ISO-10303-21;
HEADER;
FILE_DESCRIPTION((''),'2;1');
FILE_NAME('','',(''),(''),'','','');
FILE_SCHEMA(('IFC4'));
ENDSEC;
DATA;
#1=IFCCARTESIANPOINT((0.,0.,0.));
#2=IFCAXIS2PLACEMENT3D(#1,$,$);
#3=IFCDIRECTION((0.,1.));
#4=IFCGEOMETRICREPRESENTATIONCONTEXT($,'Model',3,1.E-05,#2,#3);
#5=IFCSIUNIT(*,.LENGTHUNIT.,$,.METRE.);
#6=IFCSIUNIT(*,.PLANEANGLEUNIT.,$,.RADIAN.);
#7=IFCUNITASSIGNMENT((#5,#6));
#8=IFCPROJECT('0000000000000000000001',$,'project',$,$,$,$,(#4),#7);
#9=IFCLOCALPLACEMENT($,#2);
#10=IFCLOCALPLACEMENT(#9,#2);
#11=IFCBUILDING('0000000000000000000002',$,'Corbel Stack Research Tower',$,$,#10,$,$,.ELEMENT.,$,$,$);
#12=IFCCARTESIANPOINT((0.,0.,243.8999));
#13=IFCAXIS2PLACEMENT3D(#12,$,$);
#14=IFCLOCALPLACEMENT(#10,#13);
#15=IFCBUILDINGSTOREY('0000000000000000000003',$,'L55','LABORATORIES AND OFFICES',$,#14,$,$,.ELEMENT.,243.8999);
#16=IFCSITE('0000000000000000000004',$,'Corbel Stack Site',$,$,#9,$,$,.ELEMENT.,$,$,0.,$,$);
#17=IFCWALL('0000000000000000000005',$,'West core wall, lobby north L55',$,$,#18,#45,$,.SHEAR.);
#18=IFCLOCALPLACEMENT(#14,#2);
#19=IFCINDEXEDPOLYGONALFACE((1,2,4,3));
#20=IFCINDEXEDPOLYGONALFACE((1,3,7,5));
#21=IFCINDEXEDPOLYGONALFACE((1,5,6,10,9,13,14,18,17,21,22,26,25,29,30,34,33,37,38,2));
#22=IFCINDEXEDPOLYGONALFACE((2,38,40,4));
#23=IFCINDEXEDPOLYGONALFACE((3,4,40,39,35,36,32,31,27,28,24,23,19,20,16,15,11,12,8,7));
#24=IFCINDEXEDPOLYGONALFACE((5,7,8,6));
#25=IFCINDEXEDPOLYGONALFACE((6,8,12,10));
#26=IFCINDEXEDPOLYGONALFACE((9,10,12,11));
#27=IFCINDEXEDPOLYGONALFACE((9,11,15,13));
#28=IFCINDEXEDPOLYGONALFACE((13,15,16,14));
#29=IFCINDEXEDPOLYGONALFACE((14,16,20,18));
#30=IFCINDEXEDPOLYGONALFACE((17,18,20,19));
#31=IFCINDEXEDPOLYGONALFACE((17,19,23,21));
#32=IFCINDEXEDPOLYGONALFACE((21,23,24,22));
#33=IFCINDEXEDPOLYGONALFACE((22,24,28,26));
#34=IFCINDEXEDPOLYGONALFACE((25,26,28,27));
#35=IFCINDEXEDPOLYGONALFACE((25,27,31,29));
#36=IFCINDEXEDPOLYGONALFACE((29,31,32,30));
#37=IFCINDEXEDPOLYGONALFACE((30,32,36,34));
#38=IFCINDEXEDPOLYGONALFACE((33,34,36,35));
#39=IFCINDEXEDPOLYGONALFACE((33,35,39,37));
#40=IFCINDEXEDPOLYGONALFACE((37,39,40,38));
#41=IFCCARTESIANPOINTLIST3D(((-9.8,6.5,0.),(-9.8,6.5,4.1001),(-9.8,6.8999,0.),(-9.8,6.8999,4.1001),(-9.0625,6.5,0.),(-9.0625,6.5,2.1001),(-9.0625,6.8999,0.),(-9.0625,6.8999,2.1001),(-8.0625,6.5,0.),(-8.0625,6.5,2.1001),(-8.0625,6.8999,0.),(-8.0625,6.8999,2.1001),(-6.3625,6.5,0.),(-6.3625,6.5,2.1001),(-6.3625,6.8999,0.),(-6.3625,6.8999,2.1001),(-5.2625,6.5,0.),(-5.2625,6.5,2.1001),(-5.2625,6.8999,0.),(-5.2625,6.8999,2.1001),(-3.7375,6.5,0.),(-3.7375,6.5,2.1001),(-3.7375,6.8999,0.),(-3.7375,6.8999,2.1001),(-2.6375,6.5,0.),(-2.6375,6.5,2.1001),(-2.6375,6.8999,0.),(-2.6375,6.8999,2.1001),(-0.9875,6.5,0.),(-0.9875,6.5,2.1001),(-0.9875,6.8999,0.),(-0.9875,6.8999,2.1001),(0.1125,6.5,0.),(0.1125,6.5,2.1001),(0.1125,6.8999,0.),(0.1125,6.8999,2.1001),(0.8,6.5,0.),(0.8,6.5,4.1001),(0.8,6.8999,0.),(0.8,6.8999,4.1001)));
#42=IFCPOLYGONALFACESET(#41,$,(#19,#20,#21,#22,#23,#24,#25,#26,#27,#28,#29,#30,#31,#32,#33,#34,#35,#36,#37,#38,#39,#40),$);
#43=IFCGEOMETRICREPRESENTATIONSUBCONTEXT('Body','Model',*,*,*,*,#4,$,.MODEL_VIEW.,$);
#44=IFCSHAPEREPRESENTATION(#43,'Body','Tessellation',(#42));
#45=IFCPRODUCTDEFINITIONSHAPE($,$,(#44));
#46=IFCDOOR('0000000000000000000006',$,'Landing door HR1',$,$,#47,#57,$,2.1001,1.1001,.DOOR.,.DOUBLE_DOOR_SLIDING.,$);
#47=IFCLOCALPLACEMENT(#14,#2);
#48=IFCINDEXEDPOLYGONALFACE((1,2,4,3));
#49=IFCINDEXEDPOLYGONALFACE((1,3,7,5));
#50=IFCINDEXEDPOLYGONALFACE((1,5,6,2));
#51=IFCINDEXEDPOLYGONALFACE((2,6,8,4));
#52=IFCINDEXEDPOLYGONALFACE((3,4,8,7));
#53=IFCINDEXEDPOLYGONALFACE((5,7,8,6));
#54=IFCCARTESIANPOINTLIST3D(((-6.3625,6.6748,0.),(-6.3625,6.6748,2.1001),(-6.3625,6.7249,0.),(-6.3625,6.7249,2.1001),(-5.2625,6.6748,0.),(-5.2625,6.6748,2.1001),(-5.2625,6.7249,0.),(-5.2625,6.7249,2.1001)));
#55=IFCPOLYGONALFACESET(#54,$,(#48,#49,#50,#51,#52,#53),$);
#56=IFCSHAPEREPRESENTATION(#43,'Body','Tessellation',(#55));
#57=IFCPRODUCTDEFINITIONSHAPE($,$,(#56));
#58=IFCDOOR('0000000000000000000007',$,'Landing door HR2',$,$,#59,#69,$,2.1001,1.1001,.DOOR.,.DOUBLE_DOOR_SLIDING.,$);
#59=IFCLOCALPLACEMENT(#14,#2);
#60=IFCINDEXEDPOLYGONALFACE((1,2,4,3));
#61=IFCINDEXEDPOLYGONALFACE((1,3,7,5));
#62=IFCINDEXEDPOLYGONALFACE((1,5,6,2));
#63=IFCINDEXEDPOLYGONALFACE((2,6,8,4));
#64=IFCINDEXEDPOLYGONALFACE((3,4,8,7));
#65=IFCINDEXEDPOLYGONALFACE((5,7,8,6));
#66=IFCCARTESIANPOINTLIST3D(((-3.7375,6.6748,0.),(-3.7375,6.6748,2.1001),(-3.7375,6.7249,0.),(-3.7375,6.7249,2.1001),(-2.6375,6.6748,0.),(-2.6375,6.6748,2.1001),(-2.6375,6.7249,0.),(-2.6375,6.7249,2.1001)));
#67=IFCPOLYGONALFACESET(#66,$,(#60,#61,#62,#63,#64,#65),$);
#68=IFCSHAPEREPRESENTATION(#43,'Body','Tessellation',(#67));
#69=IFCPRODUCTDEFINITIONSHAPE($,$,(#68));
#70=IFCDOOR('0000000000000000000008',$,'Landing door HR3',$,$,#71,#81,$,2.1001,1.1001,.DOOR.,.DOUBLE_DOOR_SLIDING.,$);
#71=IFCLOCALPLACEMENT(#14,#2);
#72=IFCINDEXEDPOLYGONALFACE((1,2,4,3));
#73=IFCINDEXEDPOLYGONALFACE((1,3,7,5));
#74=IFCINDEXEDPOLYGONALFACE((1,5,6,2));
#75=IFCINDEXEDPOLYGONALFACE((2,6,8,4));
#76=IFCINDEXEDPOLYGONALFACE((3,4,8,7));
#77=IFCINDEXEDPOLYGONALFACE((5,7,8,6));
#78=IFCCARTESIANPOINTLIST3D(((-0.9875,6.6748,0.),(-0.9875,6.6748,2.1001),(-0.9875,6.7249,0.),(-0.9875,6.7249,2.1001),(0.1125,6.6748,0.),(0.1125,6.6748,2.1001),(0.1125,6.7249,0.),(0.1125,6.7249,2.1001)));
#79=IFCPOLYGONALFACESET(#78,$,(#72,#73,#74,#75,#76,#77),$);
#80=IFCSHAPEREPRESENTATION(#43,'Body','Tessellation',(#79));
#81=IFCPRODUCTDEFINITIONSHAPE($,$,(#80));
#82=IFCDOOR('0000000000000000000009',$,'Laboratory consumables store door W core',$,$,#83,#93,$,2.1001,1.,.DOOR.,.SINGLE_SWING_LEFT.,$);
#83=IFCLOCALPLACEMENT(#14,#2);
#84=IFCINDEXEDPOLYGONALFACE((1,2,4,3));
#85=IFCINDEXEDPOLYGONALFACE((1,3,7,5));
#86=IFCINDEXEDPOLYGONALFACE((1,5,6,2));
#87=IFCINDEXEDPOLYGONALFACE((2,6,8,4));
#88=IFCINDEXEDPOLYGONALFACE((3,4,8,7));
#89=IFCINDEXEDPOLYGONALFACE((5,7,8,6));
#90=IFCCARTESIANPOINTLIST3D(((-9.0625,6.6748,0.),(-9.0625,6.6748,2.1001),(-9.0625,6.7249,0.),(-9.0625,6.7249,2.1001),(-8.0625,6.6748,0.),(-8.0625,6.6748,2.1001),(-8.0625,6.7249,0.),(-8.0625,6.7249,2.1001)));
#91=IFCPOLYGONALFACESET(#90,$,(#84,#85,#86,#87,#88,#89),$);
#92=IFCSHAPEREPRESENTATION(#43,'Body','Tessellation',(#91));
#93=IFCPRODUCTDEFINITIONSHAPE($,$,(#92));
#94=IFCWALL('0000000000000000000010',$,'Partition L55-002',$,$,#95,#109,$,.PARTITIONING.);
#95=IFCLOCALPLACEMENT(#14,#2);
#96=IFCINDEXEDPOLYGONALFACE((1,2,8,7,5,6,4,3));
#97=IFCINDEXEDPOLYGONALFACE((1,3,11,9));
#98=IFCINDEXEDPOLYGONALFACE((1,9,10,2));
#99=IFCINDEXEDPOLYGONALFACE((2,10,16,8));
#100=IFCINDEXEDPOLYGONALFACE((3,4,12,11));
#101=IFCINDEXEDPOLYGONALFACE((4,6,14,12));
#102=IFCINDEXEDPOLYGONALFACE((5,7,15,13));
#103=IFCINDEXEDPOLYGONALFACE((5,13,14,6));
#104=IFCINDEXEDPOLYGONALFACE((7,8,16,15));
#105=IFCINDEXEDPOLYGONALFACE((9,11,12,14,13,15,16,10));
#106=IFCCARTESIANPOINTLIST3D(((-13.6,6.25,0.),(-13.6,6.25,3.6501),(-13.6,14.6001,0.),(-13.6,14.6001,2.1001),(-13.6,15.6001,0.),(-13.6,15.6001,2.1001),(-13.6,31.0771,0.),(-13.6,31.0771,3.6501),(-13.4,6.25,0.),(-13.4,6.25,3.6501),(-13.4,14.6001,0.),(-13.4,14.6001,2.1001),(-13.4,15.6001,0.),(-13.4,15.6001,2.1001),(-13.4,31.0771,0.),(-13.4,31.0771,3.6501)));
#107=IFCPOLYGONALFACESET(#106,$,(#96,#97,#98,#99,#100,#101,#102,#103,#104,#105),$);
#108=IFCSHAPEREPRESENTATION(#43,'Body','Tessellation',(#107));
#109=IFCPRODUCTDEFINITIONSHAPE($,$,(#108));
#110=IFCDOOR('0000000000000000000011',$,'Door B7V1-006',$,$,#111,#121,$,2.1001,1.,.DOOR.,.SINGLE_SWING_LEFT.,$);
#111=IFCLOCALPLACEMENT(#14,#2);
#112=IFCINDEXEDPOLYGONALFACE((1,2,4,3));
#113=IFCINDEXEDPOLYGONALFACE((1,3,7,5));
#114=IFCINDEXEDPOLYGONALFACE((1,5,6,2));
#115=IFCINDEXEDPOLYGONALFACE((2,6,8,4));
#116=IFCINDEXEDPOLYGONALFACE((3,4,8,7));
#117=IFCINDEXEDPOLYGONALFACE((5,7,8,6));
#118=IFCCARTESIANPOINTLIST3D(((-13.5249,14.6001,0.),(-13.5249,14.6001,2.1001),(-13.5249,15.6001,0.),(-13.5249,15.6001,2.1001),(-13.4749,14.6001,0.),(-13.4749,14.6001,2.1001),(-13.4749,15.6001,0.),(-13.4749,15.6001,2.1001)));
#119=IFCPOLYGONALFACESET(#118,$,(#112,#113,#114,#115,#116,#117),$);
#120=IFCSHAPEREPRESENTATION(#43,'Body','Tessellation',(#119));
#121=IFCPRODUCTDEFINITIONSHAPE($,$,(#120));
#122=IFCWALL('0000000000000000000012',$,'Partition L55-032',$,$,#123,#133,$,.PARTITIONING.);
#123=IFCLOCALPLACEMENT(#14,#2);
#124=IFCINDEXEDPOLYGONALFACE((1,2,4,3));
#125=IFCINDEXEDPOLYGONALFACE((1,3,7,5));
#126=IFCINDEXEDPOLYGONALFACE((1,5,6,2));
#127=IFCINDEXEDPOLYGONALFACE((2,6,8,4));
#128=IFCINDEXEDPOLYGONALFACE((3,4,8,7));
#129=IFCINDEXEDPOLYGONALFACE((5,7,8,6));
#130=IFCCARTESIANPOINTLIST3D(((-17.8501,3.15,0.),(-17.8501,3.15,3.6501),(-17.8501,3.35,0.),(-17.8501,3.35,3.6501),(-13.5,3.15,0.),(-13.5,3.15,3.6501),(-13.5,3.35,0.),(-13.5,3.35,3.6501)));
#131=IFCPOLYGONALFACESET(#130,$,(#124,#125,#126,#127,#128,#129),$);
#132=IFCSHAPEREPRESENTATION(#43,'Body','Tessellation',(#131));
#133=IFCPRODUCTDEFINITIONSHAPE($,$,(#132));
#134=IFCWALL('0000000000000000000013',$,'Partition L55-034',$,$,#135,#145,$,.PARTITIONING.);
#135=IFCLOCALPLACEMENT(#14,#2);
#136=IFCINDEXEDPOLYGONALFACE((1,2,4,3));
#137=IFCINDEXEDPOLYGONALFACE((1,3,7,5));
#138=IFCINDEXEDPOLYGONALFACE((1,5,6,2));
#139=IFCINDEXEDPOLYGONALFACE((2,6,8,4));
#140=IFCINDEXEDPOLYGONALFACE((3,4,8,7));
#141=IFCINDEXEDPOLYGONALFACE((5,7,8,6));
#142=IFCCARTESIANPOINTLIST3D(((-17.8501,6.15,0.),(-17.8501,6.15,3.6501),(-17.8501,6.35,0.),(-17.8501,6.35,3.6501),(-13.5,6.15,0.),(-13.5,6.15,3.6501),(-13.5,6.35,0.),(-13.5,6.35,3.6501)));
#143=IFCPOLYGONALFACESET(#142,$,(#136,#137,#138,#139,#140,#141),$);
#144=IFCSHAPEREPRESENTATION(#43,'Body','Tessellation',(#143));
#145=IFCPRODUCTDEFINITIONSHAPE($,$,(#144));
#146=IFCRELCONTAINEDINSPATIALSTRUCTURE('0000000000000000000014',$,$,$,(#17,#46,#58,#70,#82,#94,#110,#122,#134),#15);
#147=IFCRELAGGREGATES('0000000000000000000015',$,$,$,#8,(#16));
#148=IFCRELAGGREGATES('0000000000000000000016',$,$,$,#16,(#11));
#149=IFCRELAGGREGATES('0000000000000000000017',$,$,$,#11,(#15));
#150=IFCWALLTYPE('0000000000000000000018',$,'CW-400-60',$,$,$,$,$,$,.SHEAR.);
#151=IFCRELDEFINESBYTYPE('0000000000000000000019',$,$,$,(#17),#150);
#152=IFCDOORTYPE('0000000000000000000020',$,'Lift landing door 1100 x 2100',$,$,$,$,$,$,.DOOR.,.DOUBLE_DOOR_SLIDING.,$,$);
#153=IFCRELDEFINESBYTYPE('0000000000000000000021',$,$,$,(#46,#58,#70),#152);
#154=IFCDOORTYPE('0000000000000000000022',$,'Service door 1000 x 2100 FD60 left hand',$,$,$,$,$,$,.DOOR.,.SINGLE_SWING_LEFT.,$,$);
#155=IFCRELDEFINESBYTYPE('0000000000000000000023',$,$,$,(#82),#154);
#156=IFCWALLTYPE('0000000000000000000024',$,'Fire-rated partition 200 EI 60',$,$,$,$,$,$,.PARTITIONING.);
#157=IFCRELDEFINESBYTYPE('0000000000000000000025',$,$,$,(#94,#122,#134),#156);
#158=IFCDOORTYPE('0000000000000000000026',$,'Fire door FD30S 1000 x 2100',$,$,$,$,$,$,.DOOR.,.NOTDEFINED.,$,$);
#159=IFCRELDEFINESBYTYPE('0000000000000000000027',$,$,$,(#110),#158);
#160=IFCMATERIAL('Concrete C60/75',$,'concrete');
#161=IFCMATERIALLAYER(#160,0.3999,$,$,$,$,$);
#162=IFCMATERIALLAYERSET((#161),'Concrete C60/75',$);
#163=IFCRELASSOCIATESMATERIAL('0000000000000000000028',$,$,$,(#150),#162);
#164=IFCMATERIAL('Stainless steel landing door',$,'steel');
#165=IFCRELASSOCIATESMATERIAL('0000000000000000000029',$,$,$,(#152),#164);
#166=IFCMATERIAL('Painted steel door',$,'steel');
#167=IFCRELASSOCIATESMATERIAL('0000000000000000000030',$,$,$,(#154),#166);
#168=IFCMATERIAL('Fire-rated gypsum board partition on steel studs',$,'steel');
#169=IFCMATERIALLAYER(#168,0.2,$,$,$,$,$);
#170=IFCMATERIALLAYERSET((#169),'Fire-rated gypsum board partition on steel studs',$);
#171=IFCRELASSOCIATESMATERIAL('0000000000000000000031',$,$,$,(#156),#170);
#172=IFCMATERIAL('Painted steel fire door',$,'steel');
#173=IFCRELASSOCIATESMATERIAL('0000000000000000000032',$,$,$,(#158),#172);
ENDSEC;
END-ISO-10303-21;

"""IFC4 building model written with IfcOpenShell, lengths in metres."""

from ifc_helpers import new_model, si_unit, direction, frame, frame_2d, origin, place, context, subcontext, project, spatial, rectangle, extrude, material, layer, layer_set, type_object, element, fill, save


model = new_model("IFC4")

# Units and contexts
model_context = context("Model", 3, precision=1e-05, world=origin(), true_north=direction((0.0, 1.0)))
body_context = subcontext(model_context, "Body", "Model", "MODEL_VIEW")
ifc_project = project(units=[si_unit("LENGTHUNIT", "METRE"), si_unit("PLANEANGLEUNIT", "RADIAN")], contexts=[model_context])

# Site, building, storey
site_placement = place(None, origin())
site = spatial("IfcSite", under=ifc_project, at=site_placement, Name="Corbel Stack Site", CompositionType="ELEMENT", RefElevation=0.0)
building_placement = place(site_placement, origin())
building = spatial("IfcBuilding", under=site, at=building_placement, Name="Corbel Stack Research Tower", CompositionType="ELEMENT")
storey_placement = place(building_placement, frame((0.0, 0.0, 243.8999)))
storey = spatial("IfcBuildingStorey", under=building, at=storey_placement, Name="L55", Description="LABORATORIES AND OFFICES", CompositionType="ELEMENT", Elevation=243.8999)

# Wall, openings, doors
ifc_material_1 = material(Name="Concrete C60/75", Category="concrete")
ifc_layer_1 = layer(ifc_material_1, 0.3999)
ifc_layer_set_1 = layer_set([ifc_layer_1], Name="Concrete C60/75")
wall_type_1 = type_object("IfcWallType", Name="CW-400-60", PredefinedType="SHEAR", material=ifc_layer_set_1)
ifc_material_2 = material(Name="Stainless steel landing door", Category="steel")
door_type_1 = type_object("IfcDoorType", Name="Lift landing door 1100 x 2100", OperationType="DOUBLE_DOOR_SLIDING", PredefinedType="DOOR", material=ifc_material_2)
ifc_material_3 = material(Name="Painted steel door", Category="steel")
door_type_2 = type_object("IfcDoorType", Name="Service door 1000 x 2100 FD60 left hand", OperationType="SINGLE_SWING_LEFT", PredefinedType="DOOR", material=ifc_material_3)
wall_1_placement = place(storey_placement, frame((-9.8, 6.7, 0.0), z_axis=(0.0, 0.0, 1.0), x_axis=(1.0, 0.0, 0.0)))
wall_1 = element("IfcWall", 1, at=wall_1_placement, inside=storey, type_object=wall_type_1, Name="West core wall, lobby north L55", PredefinedType="SHEAR", context=body_context, shape_type="SweptSolid", body=[
    extrude(rectangle(XDim=10.6001, YDim=0.3999, at=frame_2d((5.3, 0.0))), origin(), (0.0, 0.0, 1.0), 4.1001),
])
opening_1_placement = place(wall_1_placement, frame((3.4375, 0.0, 0.0)))
opening_1 = element("IfcOpeningElement", 2, at=opening_1_placement, cuts=wall_1, PredefinedType="OPENING", context=body_context, shape_type="SweptSolid", body=[
    extrude(rectangle(XDim=1.1001, YDim=2.1001, at=frame_2d((0.55, 1.05))), frame((0.0, 0.21, 0.0), z_axis=(0.0, -1.0, 0.0), x_axis=(1.0, 0.0, 0.0)), (0.0, 0.0, 1.0), 0.4199),
])
opening_2_placement = place(wall_1_placement, frame((6.0625, 0.0, 0.0)))
opening_2 = element("IfcOpeningElement", 3, at=opening_2_placement, cuts=wall_1, PredefinedType="OPENING", context=body_context, shape_type="SweptSolid", body=[
    extrude(rectangle(XDim=1.1001, YDim=2.1001, at=frame_2d((0.55, 1.05))), frame((0.0, 0.21, 0.0), z_axis=(0.0, -1.0, 0.0), x_axis=(1.0, 0.0, 0.0)), (0.0, 0.0, 1.0), 0.4199),
])
opening_3_placement = place(wall_1_placement, frame((8.8125, 0.0, 0.0)))
opening_3 = element("IfcOpeningElement", 4, at=opening_3_placement, cuts=wall_1, PredefinedType="OPENING", context=body_context, shape_type="SweptSolid", body=[
    extrude(rectangle(XDim=1.1001, YDim=2.1001, at=frame_2d((0.55, 1.05))), frame((0.0, 0.21, 0.0), z_axis=(0.0, -1.0, 0.0), x_axis=(1.0, 0.0, 0.0)), (0.0, 0.0, 1.0), 0.4199),
])
opening_4_placement = place(wall_1_placement, frame((0.7375, 0.0, 0.0)))
opening_4 = element("IfcOpeningElement", 5, at=opening_4_placement, cuts=wall_1, PredefinedType="OPENING", context=body_context, shape_type="SweptSolid", body=[
    extrude(rectangle(XDim=1.0, YDim=2.1001, at=frame_2d((0.5, 1.05))), frame((0.0, 0.21, 0.0), z_axis=(0.0, -1.0, 0.0), x_axis=(1.0, 0.0, 0.0)), (0.0, 0.0, 1.0), 0.4199),
])
door_1_placement = place(opening_1_placement, origin())
door_1 = element("IfcDoor", 6, at=door_1_placement, inside=storey, type_object=door_type_1, Name="Landing door HR1", OperationType="DOUBLE_DOOR_SLIDING", OverallHeight=2.1001, OverallWidth=1.1001, PredefinedType="DOOR", context=body_context, shape_type="SweptSolid", body=[
    extrude(rectangle(XDim=1.1001, YDim=2.1001, at=frame_2d((0.55, 1.05))), frame((0.0, 0.0249, 0.0), z_axis=(0.0, -1.0, 0.0), x_axis=(1.0, 0.0, 0.0)), (0.0, 0.0, 1.0), 0.05),
])
fill(opening_1, door_1)
door_2_placement = place(opening_2_placement, origin())
door_2 = element("IfcDoor", 7, at=door_2_placement, inside=storey, type_object=door_type_1, Name="Landing door HR2", OperationType="DOUBLE_DOOR_SLIDING", OverallHeight=2.1001, OverallWidth=1.1001, PredefinedType="DOOR", context=body_context, shape_type="SweptSolid", body=[
    extrude(rectangle(XDim=1.1001, YDim=2.1001, at=frame_2d((0.55, 1.05))), frame((0.0, 0.0249, 0.0), z_axis=(0.0, -1.0, 0.0), x_axis=(1.0, 0.0, 0.0)), (0.0, 0.0, 1.0), 0.05),
])
fill(opening_2, door_2)
door_3_placement = place(opening_3_placement, origin())
door_3 = element("IfcDoor", 8, at=door_3_placement, inside=storey, type_object=door_type_1, Name="Landing door HR3", OperationType="DOUBLE_DOOR_SLIDING", OverallHeight=2.1001, OverallWidth=1.1001, PredefinedType="DOOR", context=body_context, shape_type="SweptSolid", body=[
    extrude(rectangle(XDim=1.1001, YDim=2.1001, at=frame_2d((0.55, 1.05))), frame((0.0, 0.0249, 0.0), z_axis=(0.0, -1.0, 0.0), x_axis=(1.0, 0.0, 0.0)), (0.0, 0.0, 1.0), 0.05),
])
fill(opening_3, door_3)
door_4_placement = place(opening_4_placement, origin())
door_4 = element("IfcDoor", 9, at=door_4_placement, inside=storey, type_object=door_type_2, Name="Laboratory consumables store door W core", OperationType="SINGLE_SWING_LEFT", OverallHeight=2.1001, OverallWidth=1.0, PredefinedType="DOOR", context=body_context, shape_type="SweptSolid", body=[
    extrude(rectangle(XDim=1.0, YDim=2.1001, at=frame_2d((0.5, 1.05))), frame((0.0, 0.0249, 0.0), z_axis=(0.0, -1.0, 0.0), x_axis=(1.0, 0.0, 0.0)), (0.0, 0.0, 1.0), 0.05),
])
fill(opening_4, door_4)

# Wall, opening, door
ifc_material_4 = material(Name="Fire-rated gypsum board partition on steel studs", Category="steel")
ifc_layer_2 = layer(ifc_material_4, 0.2)
ifc_layer_set_2 = layer_set([ifc_layer_2], Name="Fire-rated gypsum board partition on steel studs")
wall_type_2 = type_object("IfcWallType", Name="Fire-rated partition 200 EI 60", PredefinedType="PARTITIONING", material=ifc_layer_set_2)
wall_2_placement = place(storey_placement, frame((-13.5, 6.25, 0.0), z_axis=(0.0, 0.0, 1.0), x_axis=(0.0, 1.0, 0.0)))
wall_2 = element("IfcWall", 10, at=wall_2_placement, inside=storey, type_object=wall_type_2, Name="Partition L55-002", PredefinedType="PARTITIONING", context=body_context, shape_type="SweptSolid", body=[
    extrude(rectangle(XDim=24.8271, YDim=0.2, at=frame_2d((12.4136, 0.0))), origin(), (0.0, 0.0, 1.0), 3.6501),
])
opening_5_placement = place(wall_2_placement, frame((8.3501, 0.0, 0.0)))
opening_5 = element("IfcOpeningElement", 11, at=opening_5_placement, cuts=wall_2, PredefinedType="OPENING", context=body_context, shape_type="SweptSolid", body=[
    extrude(rectangle(XDim=1.0, YDim=2.1001, at=frame_2d((0.5, 1.05))), frame((0.0, 0.1099, 0.0), z_axis=(0.0, -1.0, 0.0), x_axis=(1.0, 0.0, 0.0)), (0.0, 0.0, 1.0), 0.22),
])
ifc_material_5 = material(Name="Painted steel fire door", Category="steel")
door_type_3 = type_object("IfcDoorType", Name="Fire door FD30S 1000 x 2100", OperationType="NOTDEFINED", PredefinedType="DOOR", material=ifc_material_5)
door_5_placement = place(opening_5_placement, origin())
door_5 = element("IfcDoor", 12, at=door_5_placement, inside=storey, type_object=door_type_3, Name="Door B7V1-006", OperationType="SINGLE_SWING_LEFT", OverallHeight=2.1001, OverallWidth=1.0, PredefinedType="DOOR", context=body_context, shape_type="SweptSolid", body=[
    extrude(rectangle(XDim=1.0, YDim=2.1001, at=frame_2d((0.5, 1.05))), frame((0.0, 0.0249, 0.0), z_axis=(0.0, -1.0, 0.0), x_axis=(1.0, 0.0, 0.0)), (0.0, 0.0, 1.0), 0.05),
])
fill(opening_5, door_5)

# Walls
for number, where, z_axis, x_axis, name in (
    (13, (-17.8501, 3.25, 0.0), (0.0, 0.0, 1.0), (1.0, 0.0, 0.0), "Partition L55-032"),
    (14, (-17.8501, 6.25, 0.0), (0.0, 0.0, 1.0), (1.0, 0.0, 0.0), "Partition L55-034"),
):
    element("IfcWall", number, at=place(storey_placement, frame(where, z_axis=z_axis, x_axis=x_axis)), inside=storey, type_object=wall_type_2, Name=name, PredefinedType="PARTITIONING", context=body_context, shape_type="SweptSolid", body=[
        extrude(rectangle(XDim=4.3501, YDim=0.2, at=frame_2d((2.175, 0.0))), origin(), (0.0, 0.0, 1.0), 3.6501),
    ])

save(model, "model.ifc")
